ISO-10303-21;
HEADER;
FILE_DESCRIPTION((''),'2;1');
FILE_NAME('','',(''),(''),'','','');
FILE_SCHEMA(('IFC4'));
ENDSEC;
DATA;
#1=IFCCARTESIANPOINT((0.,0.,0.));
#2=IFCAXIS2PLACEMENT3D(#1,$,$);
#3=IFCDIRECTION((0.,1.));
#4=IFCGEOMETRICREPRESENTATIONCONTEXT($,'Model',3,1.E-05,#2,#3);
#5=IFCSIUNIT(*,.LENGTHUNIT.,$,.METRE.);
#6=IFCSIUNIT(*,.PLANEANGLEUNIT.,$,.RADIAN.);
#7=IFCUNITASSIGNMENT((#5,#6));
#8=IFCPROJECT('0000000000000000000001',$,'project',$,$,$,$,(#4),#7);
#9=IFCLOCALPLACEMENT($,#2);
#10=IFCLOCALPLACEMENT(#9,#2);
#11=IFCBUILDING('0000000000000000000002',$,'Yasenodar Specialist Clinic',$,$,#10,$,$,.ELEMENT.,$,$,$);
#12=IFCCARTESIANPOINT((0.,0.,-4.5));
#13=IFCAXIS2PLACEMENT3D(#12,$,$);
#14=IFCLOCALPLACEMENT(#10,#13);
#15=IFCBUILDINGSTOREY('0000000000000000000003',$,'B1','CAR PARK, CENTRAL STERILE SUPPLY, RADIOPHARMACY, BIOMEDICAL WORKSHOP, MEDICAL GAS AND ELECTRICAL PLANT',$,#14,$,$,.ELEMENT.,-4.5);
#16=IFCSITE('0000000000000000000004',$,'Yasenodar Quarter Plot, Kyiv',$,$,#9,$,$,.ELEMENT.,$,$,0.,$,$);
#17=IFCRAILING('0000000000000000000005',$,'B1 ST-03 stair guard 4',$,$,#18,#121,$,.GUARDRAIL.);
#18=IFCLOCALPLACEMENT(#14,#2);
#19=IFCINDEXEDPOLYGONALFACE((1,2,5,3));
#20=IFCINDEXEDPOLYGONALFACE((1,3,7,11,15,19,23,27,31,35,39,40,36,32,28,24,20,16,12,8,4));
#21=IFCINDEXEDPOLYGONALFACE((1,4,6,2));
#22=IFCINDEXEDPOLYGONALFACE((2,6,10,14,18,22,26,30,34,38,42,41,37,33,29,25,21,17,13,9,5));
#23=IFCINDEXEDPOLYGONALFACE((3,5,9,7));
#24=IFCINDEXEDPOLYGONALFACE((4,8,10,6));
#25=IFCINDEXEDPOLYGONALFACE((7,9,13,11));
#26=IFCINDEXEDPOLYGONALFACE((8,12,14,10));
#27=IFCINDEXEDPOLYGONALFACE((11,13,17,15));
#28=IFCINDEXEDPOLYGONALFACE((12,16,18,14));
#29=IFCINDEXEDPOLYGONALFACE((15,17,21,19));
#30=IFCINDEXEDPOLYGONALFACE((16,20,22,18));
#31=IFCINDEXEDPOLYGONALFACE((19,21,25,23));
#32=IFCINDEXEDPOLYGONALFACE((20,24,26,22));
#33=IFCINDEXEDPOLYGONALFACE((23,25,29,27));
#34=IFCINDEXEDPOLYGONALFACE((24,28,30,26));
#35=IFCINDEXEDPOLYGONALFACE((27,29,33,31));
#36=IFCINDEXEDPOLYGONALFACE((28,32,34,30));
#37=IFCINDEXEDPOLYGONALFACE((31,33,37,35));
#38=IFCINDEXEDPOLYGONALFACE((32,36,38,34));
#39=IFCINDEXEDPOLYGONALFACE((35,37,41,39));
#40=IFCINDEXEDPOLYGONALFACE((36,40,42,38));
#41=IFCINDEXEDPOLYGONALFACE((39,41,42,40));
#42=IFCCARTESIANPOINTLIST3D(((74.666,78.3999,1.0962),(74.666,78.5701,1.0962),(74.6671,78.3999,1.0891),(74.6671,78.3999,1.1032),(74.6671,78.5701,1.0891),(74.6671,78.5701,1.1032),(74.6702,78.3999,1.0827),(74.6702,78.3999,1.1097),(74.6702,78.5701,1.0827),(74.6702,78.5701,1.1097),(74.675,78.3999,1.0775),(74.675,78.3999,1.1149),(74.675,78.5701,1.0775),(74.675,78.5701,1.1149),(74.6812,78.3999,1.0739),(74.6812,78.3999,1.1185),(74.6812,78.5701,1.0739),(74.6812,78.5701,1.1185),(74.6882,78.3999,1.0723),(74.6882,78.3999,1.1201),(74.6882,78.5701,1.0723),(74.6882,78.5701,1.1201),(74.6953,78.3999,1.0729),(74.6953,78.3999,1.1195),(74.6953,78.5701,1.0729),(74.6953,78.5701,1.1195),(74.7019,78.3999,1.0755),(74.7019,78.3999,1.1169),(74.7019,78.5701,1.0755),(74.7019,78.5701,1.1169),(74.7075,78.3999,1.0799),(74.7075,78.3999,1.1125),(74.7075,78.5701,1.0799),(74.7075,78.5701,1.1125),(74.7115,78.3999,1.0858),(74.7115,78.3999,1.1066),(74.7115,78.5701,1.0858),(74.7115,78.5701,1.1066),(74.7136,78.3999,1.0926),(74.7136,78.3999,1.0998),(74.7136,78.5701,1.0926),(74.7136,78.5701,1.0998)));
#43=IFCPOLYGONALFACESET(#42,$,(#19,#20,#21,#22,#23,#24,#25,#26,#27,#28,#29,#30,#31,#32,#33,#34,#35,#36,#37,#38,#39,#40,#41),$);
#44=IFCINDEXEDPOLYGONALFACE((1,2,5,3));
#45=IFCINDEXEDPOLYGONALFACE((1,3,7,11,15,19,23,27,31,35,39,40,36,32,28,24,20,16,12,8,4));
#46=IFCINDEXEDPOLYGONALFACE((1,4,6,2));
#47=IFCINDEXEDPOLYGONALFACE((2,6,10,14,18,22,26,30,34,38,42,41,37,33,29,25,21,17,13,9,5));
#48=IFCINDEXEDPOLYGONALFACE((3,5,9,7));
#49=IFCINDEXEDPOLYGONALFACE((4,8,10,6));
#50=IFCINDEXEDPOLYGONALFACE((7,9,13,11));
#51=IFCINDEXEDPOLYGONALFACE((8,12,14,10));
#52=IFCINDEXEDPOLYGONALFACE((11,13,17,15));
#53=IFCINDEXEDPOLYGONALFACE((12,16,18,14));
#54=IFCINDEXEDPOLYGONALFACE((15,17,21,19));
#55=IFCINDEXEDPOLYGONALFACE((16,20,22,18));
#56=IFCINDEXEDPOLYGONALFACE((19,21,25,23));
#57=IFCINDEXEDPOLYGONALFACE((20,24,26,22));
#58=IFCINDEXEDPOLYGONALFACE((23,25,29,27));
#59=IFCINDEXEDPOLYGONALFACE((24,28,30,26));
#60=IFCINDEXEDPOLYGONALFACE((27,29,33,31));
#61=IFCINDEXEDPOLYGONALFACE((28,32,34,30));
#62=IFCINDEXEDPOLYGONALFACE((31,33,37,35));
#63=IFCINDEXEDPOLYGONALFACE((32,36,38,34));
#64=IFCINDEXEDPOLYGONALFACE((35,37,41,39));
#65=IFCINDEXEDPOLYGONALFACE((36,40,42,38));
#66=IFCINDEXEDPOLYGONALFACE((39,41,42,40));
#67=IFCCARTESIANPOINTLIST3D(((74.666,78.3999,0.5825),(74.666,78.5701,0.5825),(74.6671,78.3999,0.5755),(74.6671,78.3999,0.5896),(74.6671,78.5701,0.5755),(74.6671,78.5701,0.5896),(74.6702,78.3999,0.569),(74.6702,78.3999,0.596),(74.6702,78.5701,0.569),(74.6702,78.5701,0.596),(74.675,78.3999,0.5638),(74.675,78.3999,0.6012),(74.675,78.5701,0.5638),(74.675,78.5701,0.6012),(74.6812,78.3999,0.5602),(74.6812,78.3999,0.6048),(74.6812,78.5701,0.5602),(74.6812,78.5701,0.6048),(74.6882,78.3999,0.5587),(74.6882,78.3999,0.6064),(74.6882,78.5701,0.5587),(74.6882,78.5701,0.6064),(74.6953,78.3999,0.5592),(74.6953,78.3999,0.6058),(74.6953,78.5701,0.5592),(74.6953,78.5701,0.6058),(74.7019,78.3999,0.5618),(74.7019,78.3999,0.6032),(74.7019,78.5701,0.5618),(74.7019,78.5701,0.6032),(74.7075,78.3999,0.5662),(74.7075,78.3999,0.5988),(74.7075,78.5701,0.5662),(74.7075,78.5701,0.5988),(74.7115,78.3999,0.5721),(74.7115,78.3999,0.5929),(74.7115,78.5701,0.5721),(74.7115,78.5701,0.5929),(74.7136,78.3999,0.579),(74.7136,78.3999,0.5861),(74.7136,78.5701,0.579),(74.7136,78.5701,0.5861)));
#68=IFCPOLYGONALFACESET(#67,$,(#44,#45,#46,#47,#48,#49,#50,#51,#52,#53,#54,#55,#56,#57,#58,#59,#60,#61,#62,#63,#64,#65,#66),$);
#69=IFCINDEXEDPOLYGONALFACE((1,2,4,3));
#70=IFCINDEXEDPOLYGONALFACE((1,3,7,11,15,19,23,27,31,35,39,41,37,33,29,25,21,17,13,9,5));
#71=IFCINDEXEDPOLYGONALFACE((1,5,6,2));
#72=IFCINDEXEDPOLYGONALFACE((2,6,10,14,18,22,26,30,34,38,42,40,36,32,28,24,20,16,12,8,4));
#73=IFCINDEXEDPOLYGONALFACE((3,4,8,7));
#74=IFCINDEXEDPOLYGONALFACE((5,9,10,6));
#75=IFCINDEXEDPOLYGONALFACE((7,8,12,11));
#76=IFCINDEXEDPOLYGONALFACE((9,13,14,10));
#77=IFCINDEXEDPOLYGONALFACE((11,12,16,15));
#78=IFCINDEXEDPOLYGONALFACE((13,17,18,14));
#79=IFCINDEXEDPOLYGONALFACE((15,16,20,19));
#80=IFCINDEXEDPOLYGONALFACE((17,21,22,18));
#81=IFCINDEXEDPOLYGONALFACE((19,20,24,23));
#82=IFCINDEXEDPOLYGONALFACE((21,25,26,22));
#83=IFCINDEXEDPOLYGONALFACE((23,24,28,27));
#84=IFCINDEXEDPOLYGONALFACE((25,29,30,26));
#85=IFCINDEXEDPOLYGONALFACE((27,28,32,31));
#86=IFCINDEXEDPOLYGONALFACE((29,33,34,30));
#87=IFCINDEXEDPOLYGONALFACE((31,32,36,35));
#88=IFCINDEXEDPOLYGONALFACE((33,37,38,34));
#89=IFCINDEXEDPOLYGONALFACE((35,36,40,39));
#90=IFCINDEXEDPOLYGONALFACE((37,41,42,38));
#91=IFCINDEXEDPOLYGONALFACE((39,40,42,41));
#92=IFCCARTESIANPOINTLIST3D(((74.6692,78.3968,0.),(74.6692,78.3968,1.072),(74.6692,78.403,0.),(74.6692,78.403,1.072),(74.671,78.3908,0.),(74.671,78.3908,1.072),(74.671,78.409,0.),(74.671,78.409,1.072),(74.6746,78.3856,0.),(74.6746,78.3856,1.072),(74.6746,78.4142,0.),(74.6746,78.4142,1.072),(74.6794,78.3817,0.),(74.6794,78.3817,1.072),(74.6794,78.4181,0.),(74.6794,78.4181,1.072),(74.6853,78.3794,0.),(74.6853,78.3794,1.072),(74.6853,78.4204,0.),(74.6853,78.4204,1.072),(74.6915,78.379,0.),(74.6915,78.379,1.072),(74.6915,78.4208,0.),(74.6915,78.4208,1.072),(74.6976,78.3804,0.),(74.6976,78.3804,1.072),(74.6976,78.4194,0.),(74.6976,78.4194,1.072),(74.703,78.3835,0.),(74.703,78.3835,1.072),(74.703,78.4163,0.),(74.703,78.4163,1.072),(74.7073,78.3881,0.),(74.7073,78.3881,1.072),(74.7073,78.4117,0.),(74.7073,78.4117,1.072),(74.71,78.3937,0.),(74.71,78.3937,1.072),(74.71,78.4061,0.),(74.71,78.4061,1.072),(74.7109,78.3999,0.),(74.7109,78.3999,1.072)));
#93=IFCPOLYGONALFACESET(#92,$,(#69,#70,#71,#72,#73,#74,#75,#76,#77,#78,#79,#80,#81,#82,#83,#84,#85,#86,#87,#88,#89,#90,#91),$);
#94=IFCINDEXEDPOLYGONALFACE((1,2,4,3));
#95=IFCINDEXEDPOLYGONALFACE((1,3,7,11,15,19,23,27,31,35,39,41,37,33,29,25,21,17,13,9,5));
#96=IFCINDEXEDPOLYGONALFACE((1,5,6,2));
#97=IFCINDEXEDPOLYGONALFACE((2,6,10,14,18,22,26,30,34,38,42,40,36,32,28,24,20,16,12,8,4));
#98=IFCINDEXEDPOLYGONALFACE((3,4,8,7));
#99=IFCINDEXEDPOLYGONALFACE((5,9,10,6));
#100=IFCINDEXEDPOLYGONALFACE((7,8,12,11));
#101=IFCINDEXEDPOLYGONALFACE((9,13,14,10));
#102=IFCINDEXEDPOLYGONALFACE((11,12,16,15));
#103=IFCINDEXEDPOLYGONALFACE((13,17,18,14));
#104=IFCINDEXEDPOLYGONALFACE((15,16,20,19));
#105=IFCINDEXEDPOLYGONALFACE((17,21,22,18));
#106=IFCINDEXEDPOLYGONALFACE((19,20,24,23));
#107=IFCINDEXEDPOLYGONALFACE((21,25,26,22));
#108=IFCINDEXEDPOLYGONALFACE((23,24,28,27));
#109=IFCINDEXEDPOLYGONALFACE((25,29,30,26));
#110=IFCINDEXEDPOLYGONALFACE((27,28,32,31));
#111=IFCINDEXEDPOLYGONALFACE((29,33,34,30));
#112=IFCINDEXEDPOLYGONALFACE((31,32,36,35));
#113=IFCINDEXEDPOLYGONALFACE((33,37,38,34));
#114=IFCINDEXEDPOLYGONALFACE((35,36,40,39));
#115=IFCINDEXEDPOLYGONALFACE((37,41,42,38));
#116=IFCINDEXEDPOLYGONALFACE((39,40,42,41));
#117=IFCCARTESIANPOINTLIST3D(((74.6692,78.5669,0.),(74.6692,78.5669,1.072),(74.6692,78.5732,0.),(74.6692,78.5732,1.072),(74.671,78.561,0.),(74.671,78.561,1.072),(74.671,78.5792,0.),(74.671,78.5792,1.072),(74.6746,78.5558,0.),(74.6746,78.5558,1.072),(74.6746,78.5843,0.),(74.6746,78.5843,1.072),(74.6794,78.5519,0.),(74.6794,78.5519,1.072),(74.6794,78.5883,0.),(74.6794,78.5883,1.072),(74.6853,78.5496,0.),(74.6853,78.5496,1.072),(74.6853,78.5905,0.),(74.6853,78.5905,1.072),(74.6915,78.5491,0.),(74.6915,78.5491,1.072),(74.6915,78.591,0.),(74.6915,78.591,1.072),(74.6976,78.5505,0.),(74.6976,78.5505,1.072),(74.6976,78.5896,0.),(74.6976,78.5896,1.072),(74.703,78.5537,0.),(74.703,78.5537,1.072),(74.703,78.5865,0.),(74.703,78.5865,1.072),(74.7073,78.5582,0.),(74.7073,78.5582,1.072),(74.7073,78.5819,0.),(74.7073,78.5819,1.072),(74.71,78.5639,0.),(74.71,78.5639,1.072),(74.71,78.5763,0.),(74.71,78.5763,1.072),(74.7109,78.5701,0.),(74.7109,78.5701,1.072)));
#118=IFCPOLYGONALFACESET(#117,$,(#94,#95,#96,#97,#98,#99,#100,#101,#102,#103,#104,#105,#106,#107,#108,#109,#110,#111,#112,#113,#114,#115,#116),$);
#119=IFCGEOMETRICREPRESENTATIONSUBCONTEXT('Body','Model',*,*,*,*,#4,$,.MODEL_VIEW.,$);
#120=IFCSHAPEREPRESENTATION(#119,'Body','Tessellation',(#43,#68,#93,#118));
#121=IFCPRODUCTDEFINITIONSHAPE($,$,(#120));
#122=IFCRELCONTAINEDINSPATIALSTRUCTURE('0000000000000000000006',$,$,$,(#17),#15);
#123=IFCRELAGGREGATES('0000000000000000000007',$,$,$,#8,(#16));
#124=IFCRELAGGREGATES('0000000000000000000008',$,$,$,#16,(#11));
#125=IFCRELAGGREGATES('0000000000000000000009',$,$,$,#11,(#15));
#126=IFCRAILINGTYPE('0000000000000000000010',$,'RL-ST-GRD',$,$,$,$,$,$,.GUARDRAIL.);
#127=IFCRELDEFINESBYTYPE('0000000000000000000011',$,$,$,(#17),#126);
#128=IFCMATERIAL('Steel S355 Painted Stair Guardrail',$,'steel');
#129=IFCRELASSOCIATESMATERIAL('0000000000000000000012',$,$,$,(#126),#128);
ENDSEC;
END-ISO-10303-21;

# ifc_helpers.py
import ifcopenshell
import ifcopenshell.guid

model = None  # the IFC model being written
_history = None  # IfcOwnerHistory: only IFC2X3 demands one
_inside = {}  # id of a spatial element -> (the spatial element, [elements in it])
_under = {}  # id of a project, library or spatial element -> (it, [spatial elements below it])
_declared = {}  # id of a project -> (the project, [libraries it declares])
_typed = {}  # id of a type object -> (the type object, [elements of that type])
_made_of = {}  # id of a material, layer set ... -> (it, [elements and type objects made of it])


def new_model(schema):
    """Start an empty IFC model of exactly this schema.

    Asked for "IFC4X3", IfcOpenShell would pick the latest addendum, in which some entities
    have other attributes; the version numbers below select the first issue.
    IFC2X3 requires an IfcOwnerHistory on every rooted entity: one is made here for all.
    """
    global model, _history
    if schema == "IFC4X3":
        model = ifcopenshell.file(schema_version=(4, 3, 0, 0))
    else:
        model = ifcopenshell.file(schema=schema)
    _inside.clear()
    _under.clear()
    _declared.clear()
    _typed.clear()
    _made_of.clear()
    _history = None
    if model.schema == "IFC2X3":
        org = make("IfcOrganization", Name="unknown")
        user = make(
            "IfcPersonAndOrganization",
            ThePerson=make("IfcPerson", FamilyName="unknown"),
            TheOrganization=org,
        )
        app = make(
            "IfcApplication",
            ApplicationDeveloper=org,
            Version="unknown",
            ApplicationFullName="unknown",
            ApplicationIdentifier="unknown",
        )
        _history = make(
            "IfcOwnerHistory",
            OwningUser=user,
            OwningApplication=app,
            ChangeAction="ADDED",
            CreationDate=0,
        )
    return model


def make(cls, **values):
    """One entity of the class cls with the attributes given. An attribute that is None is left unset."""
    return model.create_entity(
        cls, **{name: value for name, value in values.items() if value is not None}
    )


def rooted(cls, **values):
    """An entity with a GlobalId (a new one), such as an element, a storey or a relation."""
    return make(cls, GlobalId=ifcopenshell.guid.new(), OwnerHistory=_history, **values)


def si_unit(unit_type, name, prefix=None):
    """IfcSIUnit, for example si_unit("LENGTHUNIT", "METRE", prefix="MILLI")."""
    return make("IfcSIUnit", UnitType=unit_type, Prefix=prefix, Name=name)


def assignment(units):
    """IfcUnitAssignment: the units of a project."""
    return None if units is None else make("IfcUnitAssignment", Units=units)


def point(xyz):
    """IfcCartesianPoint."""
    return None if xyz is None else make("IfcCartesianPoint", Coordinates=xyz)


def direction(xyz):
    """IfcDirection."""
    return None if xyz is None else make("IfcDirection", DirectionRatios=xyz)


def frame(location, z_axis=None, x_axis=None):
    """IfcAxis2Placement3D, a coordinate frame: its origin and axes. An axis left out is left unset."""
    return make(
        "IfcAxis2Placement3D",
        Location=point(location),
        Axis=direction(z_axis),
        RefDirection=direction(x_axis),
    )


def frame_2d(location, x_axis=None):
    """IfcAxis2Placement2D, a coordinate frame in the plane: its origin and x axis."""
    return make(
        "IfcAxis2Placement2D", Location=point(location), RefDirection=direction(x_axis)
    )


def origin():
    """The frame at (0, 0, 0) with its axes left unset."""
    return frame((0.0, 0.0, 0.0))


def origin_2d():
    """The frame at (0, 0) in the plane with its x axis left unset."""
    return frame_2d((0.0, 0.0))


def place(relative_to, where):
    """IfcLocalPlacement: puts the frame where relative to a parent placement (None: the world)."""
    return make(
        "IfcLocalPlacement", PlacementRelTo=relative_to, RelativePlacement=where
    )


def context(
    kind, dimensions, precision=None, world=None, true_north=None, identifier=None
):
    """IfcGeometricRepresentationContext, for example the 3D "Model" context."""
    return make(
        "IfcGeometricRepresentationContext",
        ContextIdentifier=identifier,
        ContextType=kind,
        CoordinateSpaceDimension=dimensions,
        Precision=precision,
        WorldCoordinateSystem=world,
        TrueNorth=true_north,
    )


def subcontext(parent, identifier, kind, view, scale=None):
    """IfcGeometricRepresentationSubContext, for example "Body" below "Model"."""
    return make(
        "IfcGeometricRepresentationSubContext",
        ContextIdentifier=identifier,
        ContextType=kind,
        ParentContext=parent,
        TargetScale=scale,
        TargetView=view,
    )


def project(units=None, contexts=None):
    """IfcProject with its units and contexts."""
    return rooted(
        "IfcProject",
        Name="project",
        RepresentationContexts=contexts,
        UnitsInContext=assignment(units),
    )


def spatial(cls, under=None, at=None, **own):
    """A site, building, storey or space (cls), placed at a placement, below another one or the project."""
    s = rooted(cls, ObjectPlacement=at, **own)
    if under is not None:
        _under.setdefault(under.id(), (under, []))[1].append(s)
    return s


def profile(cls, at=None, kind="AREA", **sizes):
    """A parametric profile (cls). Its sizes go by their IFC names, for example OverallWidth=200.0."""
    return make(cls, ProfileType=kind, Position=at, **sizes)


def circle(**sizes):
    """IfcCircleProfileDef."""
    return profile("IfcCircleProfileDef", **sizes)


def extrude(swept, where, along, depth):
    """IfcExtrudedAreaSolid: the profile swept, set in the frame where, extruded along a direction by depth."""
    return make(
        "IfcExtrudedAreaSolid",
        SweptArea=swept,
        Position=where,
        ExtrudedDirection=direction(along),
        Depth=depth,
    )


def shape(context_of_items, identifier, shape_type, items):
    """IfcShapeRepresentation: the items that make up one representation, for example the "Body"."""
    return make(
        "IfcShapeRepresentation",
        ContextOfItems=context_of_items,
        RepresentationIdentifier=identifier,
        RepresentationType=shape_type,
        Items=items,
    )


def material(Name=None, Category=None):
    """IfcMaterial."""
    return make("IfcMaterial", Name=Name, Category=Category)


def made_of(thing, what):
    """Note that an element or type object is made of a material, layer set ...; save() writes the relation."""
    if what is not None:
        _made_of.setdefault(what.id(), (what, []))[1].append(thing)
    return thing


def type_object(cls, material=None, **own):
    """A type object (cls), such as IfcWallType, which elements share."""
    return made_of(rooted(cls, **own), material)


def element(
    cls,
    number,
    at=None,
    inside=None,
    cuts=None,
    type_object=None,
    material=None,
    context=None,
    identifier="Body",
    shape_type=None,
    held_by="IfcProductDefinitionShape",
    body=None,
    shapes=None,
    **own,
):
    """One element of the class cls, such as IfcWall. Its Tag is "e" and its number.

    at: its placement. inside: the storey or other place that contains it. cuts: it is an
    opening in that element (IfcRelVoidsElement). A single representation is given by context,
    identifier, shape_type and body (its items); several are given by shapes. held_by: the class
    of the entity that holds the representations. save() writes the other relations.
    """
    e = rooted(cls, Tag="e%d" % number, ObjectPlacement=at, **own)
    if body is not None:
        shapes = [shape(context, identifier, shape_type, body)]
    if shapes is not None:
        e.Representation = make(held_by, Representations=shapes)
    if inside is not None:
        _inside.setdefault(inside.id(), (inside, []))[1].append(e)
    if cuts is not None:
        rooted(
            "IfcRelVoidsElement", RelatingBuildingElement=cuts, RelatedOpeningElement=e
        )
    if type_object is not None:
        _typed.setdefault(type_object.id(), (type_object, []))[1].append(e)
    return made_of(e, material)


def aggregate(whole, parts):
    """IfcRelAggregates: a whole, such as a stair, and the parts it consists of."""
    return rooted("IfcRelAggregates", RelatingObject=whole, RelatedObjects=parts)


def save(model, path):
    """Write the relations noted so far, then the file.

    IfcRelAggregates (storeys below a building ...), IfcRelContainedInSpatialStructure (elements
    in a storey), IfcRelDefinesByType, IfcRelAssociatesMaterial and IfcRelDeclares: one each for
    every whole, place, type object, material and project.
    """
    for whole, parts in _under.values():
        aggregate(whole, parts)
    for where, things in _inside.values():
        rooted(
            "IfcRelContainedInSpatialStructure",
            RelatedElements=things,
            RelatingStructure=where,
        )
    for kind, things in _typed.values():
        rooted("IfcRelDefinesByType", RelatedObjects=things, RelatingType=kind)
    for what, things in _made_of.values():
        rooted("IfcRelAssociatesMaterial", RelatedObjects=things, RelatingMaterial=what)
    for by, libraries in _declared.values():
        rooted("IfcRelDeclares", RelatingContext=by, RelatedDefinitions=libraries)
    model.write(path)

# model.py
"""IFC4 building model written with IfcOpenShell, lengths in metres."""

from ifc_helpers import new_model, si_unit, direction, frame, origin, origin_2d, place, context, subcontext, project, spatial, circle, extrude, material, type_object, element, save


model = new_model("IFC4")

# Units and contexts
model_context = context("Model", 3, precision=1e-05, world=origin(), true_north=direction((0.0, 1.0)))
body_context = subcontext(model_context, "Body", "Model", "MODEL_VIEW")
ifc_project = project(units=[si_unit("LENGTHUNIT", "METRE"), si_unit("PLANEANGLEUNIT", "RADIAN")], contexts=[model_context])

# Site, building, storey
site_placement = place(None, origin())
site = spatial("IfcSite", under=ifc_project, at=site_placement, Name="Yasenodar Quarter Plot, Kyiv", CompositionType="ELEMENT", RefElevation=0.0)
building_placement = place(site_placement, origin())
building = spatial("IfcBuilding", under=site, at=building_placement, Name="Yasenodar Specialist Clinic", CompositionType="ELEMENT")
storey_placement = place(building_placement, frame((0.0, 0.0, -4.5)))
storey = spatial("IfcBuildingStorey", under=building, at=storey_placement, Name="B1", Description="CAR PARK, CENTRAL STERILE SUPPLY, RADIOPHARMACY, BIOMEDICAL WORKSHOP, MEDICAL GAS AND ELECTRICAL PLANT", CompositionType="ELEMENT", Elevation=-4.5)

# Railing
ifc_material_1 = material(Name="Steel S355 Painted Stair Guardrail", Category="steel")
railing_type_1 = type_object("IfcRailingType", Name="RL-ST-GRD", PredefinedType="GUARDRAIL", material=ifc_material_1)
railing_1_placement = place(storey_placement, frame((74.6899, 78.3999, 0.0)))
element("IfcRailing", 1, at=railing_1_placement, inside=storey, type_object=railing_type_1, Name="B1 ST-03 stair guard 4", PredefinedType="GUARDRAIL", context=body_context, shape_type="SweptSolid", body=[
    extrude(circle(Radius=0.0239, at=origin_2d()), frame((0.0, 0.0, 1.0962), z_axis=(0.0, 1.0, 0.0), x_axis=(-1.0, 0.0, 0.0)), (0.0, 0.0, 1.0), 0.1702),
    extrude(circle(Radius=0.0239, at=origin_2d()), frame((0.0, 0.0, 0.5825), z_axis=(0.0, 1.0, 0.0), x_axis=(-1.0, 0.0, 0.0)), (0.0, 0.0, 1.0), 0.1702),
    extrude(circle(Radius=0.021, at=origin_2d()), origin(), (0.0, 0.0, 1.0), 1.072),
    extrude(circle(Radius=0.021, at=origin_2d()), frame((0.0, 0.1702, 0.0)), (0.0, 0.0, 1.0), 1.072),
])

save(model, "model.ifc")
